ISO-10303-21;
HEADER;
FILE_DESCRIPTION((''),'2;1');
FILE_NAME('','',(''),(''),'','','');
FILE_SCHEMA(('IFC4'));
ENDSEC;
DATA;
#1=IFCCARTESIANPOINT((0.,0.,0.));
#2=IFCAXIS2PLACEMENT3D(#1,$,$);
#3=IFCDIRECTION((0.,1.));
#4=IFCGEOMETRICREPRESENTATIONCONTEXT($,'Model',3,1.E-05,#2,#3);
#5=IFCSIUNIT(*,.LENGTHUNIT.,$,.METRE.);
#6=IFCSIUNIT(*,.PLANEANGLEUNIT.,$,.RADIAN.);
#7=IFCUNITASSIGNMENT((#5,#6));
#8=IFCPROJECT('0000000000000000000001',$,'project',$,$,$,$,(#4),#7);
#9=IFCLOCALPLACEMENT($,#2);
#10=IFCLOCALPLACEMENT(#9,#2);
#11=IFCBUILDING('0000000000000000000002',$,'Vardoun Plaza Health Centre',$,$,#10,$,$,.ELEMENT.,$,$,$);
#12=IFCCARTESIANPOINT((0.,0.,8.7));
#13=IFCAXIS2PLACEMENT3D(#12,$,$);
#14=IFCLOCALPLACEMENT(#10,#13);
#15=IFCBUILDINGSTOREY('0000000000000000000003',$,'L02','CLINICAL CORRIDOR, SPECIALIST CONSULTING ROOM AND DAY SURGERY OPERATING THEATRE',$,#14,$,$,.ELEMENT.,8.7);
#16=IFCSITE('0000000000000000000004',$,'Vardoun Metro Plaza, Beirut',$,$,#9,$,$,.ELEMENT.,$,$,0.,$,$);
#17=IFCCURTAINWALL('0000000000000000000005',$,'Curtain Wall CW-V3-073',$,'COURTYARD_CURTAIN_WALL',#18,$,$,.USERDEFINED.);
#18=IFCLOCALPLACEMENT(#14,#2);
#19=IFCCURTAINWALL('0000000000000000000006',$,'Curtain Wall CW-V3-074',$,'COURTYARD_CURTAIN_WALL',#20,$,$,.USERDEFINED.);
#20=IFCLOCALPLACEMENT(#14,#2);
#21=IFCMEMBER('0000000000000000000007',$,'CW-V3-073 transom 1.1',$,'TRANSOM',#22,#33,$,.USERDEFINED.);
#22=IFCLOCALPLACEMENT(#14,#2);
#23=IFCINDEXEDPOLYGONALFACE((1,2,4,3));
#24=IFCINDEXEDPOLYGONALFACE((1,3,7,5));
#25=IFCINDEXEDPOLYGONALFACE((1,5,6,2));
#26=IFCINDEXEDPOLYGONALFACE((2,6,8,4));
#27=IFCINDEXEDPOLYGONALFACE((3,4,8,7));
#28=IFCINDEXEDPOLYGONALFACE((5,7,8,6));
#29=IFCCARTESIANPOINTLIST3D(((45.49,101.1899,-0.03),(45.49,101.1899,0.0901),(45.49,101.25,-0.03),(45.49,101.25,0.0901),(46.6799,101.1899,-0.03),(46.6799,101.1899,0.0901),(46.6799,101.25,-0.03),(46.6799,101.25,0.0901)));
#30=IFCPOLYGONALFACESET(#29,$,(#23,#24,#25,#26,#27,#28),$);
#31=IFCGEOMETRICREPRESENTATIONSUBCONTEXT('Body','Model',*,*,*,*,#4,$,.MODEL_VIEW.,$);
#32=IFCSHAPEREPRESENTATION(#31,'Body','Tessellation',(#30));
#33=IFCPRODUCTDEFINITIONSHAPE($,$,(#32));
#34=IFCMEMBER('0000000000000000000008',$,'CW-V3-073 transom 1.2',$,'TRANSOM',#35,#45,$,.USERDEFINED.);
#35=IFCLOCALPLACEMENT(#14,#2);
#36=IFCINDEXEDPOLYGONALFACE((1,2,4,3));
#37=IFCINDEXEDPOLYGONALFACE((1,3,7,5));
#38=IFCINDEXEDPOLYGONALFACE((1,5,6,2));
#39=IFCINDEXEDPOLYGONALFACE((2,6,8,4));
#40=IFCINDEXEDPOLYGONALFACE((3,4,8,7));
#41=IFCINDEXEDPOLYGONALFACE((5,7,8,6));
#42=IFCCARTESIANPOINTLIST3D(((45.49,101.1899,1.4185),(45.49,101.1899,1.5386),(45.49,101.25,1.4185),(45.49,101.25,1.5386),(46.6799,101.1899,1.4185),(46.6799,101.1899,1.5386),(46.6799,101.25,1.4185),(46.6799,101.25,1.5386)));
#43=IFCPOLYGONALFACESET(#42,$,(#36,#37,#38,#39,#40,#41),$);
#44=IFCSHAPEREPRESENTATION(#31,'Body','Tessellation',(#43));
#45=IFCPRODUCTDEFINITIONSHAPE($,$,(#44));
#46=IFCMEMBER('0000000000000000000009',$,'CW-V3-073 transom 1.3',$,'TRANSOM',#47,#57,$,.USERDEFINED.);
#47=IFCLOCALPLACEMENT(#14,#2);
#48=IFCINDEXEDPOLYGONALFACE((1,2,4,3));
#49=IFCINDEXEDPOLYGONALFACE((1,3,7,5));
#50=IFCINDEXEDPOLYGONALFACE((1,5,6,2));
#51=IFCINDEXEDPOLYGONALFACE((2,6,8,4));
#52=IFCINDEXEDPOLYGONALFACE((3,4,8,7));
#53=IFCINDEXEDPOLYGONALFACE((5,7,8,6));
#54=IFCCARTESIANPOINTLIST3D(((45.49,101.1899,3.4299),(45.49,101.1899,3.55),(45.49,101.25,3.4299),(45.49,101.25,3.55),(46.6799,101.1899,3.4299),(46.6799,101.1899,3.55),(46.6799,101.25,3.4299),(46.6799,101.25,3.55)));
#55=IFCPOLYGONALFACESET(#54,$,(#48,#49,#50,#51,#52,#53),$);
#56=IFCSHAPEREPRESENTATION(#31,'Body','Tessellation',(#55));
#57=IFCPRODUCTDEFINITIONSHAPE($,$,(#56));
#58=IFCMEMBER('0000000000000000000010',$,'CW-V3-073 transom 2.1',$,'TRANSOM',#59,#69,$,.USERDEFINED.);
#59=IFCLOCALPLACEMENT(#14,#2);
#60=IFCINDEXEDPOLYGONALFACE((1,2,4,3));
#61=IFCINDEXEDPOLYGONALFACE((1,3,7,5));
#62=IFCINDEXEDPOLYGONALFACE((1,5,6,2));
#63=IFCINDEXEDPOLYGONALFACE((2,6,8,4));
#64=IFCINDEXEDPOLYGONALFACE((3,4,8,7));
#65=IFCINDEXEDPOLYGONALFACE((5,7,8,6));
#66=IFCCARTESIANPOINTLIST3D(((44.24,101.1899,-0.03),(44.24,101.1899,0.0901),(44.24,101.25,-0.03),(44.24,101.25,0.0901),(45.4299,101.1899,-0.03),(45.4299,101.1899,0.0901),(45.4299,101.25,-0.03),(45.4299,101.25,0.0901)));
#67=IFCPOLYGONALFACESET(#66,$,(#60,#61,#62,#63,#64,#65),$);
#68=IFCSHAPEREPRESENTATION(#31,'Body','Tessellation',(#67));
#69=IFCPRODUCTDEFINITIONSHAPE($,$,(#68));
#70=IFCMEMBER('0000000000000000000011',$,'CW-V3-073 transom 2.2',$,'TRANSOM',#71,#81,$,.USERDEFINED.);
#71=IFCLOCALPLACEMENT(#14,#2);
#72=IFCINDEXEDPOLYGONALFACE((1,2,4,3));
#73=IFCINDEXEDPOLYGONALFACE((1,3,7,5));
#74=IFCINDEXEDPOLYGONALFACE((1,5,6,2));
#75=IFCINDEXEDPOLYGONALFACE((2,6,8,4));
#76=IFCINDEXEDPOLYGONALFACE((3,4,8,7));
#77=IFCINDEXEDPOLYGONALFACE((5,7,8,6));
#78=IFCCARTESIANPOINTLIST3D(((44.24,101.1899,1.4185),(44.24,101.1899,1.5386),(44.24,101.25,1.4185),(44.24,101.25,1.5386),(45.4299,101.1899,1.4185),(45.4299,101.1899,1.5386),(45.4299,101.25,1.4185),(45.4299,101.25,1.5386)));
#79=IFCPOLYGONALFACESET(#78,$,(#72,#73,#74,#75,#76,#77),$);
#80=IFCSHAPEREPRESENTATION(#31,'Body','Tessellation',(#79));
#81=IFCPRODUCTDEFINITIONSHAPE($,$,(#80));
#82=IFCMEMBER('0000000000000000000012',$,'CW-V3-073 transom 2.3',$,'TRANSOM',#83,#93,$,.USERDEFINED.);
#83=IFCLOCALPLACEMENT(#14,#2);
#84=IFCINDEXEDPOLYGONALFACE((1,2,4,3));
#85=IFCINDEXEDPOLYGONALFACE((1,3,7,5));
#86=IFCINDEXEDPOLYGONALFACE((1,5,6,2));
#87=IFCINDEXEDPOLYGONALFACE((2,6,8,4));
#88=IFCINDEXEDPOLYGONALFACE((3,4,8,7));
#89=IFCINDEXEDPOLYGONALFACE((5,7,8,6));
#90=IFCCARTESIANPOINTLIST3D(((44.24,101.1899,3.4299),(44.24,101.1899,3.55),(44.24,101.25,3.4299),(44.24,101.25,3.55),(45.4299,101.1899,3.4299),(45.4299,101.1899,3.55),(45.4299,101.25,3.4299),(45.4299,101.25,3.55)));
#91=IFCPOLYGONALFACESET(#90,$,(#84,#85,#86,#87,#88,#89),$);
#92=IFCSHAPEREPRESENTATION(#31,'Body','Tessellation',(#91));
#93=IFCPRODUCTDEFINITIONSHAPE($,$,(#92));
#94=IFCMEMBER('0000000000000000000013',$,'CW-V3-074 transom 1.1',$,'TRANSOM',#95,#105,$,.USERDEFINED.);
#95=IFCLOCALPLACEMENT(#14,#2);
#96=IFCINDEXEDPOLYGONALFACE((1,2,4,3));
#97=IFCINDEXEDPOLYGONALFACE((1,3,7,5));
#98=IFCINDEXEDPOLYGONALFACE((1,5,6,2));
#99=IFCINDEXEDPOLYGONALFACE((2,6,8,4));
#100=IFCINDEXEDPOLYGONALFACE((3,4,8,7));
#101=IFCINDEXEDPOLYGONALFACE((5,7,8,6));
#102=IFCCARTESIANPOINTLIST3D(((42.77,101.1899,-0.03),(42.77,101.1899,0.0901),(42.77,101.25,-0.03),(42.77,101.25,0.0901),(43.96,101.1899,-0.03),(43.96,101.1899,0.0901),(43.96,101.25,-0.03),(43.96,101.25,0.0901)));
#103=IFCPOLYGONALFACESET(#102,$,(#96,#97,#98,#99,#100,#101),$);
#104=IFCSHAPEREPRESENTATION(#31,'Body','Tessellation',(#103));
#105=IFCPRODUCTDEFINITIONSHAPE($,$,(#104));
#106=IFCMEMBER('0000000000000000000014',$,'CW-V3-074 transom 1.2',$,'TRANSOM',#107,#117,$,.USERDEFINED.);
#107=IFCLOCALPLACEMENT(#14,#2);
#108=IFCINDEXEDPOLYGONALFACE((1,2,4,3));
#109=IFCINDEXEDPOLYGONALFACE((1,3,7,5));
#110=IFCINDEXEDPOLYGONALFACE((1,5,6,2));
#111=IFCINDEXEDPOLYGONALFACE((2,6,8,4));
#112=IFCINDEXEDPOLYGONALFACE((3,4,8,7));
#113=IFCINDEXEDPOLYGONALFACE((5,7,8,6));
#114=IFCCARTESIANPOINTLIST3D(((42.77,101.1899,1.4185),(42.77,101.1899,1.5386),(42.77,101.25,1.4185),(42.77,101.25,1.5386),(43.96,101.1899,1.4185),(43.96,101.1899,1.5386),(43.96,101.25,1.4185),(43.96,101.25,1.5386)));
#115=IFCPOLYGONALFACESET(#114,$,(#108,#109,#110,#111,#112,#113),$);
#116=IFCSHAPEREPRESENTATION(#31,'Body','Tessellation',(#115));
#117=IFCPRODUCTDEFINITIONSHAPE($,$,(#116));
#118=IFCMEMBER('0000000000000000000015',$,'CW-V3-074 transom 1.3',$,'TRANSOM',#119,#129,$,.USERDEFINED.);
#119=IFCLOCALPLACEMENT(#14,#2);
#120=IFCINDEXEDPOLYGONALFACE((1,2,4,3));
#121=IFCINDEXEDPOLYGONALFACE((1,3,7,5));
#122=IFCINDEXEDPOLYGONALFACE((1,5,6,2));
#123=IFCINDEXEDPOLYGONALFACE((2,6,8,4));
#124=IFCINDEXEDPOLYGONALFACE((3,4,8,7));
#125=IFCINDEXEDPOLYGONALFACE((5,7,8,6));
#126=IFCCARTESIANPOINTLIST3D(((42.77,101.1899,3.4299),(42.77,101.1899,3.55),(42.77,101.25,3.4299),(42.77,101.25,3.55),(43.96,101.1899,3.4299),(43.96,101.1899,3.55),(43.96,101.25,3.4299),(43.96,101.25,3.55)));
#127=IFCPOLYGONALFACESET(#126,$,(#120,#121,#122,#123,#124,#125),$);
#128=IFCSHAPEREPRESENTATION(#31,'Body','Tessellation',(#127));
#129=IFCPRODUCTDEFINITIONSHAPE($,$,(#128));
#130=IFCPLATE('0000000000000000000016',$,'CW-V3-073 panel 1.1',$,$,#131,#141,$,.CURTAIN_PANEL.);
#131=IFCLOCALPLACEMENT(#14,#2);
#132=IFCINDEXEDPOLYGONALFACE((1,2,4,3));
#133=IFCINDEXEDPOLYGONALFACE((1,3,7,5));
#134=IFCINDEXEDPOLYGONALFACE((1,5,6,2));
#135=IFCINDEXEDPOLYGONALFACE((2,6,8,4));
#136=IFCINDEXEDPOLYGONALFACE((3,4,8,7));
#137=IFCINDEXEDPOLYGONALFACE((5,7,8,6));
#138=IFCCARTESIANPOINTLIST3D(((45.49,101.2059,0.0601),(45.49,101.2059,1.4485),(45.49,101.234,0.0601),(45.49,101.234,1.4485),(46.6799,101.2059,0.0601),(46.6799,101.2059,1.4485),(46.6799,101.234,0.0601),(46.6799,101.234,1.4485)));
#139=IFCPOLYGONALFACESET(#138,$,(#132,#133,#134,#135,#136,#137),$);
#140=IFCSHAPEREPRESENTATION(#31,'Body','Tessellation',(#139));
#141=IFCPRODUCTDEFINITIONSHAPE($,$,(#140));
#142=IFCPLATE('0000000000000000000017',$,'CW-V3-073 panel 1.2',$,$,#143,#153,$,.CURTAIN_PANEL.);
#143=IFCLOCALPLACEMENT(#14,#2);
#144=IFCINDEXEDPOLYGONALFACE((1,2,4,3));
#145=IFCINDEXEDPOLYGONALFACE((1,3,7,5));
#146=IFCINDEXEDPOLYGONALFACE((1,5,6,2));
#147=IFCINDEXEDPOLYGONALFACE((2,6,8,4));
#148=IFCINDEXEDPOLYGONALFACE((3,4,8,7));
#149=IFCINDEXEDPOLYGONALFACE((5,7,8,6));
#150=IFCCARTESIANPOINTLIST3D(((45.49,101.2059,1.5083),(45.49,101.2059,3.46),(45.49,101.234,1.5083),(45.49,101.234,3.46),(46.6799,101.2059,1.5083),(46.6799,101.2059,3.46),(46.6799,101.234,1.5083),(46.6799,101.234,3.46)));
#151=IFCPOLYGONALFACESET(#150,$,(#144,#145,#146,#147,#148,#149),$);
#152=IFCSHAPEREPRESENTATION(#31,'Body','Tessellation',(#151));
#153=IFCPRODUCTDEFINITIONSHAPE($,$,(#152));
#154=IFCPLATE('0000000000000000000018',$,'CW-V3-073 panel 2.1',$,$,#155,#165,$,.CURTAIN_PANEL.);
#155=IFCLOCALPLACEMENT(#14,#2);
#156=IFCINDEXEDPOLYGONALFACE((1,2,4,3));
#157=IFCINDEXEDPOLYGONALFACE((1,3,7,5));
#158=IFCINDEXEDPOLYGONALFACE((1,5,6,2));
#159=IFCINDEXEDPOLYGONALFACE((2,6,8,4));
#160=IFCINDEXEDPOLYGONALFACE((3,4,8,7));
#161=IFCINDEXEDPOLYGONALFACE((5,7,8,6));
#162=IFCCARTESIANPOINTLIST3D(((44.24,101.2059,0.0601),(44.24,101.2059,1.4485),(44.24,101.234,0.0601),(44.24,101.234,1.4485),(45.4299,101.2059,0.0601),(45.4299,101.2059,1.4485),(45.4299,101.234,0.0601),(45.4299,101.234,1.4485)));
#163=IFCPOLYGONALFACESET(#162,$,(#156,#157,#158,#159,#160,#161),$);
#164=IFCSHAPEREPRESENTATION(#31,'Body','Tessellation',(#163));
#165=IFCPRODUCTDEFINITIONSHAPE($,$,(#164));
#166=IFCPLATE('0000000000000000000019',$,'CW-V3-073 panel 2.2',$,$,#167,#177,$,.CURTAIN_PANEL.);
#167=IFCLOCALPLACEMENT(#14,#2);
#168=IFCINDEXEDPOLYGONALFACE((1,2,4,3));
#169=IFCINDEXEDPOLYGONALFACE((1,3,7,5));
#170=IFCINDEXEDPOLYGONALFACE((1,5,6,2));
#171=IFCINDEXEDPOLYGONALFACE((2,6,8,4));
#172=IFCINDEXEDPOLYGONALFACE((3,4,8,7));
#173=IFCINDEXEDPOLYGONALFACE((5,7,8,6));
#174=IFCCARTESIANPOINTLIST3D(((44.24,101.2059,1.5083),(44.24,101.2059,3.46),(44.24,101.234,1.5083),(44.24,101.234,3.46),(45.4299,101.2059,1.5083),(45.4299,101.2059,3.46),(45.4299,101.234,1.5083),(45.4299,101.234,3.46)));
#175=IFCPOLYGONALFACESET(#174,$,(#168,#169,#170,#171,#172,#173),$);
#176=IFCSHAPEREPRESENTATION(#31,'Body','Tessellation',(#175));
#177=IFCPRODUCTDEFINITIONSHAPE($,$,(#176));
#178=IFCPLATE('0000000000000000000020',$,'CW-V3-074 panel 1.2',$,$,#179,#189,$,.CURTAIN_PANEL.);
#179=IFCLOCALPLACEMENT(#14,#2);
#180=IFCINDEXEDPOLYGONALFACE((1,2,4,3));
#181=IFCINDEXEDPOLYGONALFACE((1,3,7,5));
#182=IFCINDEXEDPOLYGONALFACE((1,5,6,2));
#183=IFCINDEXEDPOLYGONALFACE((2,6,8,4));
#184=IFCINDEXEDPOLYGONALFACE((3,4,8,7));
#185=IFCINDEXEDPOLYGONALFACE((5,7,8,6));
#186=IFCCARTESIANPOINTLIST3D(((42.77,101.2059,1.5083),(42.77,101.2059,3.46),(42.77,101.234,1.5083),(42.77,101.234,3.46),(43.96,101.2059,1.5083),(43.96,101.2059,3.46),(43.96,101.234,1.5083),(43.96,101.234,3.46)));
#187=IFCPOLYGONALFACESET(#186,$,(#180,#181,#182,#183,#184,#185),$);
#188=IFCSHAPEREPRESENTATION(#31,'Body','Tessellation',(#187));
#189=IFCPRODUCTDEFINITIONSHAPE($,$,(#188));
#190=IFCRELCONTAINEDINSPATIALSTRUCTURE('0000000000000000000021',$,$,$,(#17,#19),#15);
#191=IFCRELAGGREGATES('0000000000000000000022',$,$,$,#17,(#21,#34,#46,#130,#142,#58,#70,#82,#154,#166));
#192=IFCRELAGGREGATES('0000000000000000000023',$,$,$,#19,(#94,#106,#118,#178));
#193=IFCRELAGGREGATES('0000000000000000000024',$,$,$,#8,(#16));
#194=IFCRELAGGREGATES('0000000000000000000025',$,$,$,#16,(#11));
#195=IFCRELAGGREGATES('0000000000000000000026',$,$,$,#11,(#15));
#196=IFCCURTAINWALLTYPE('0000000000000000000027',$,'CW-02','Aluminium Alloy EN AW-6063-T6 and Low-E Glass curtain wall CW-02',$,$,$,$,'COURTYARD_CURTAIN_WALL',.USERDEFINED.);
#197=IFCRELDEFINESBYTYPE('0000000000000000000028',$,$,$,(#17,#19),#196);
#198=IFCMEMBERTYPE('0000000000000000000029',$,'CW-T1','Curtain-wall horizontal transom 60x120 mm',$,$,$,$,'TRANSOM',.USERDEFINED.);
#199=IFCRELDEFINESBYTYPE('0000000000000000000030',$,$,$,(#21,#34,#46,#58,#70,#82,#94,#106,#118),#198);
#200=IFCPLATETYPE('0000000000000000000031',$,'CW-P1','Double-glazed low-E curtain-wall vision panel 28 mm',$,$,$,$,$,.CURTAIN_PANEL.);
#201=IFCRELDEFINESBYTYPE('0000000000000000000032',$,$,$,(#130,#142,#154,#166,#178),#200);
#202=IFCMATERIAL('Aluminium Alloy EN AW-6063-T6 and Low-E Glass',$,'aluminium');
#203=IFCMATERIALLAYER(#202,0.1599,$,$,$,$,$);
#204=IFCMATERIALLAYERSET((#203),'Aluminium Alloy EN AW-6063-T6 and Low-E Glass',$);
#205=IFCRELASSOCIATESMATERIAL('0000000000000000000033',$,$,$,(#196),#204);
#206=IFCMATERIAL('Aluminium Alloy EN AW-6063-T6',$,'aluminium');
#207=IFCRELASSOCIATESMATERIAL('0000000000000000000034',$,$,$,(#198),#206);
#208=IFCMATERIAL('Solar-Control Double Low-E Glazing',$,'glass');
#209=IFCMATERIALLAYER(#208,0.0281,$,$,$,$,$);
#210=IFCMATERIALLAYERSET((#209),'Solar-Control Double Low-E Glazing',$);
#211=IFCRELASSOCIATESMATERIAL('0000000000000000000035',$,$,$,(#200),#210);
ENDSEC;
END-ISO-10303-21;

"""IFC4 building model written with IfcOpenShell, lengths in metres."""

from ifc_helpers import new_model, si_unit, direction, frame, origin, origin_2d, place, context, subcontext, project, spatial, rectangle, extrude, material, layer, layer_set, material_profile, profile_set, type_object, element, aggregate, save


model = new_model("IFC4")

# Units and contexts
model_context = context("Model", 3, precision=1e-05, world=origin(), true_north=direction((0.0, 1.0)))
body_context = subcontext(model_context, "Body", "Model", "MODEL_VIEW")
ifc_project = project(units=[si_unit("LENGTHUNIT", "METRE"), si_unit("PLANEANGLEUNIT", "RADIAN")], contexts=[model_context])

# Site, building, storey
site_placement = place(None, origin())
site = spatial("IfcSite", under=ifc_project, at=site_placement, Name="Vardoun Metro Plaza, Beirut", CompositionType="ELEMENT", RefElevation=0.0)
building_placement = place(site_placement, origin())
building = spatial("IfcBuilding", under=site, at=building_placement, Name="Vardoun Plaza Health Centre", CompositionType="ELEMENT")
storey_placement = place(building_placement, frame((0.0, 0.0, 8.7)))
storey = spatial("IfcBuildingStorey", under=building, at=storey_placement, Name="L02", Description="CLINICAL CORRIDOR, SPECIALIST CONSULTING ROOM AND DAY SURGERY OPERATING THEATRE", CompositionType="ELEMENT", Elevation=8.7)

# Curtain wall
ifc_material_1 = material(Name="Aluminium Alloy EN AW-6063-T6 and Low-E Glass", Category="aluminium")
ifc_layer_1 = layer(ifc_material_1, 0.1599)
ifc_layer_set_1 = layer_set([ifc_layer_1], Name="Aluminium Alloy EN AW-6063-T6 and Low-E Glass")
curtain_wall_type = type_object("IfcCurtainWallType", Name="CW-02", Description="Aluminium Alloy EN AW-6063-T6 and Low-E Glass curtain wall CW-02", ElementType="COURTYARD_CURTAIN_WALL", PredefinedType="USERDEFINED", material=ifc_layer_set_1)
curtain_wall_1_placement = place(storey_placement, origin())
curtain_wall_1 = element("IfcCurtainWall", 1, at=curtain_wall_1_placement, inside=storey, type_object=curtain_wall_type, Name="Curtain Wall CW-V3-073", ObjectType="COURTYARD_CURTAIN_WALL", PredefinedType="USERDEFINED")

# Curtain wall
curtain_wall_2_placement = place(storey_placement, origin())
curtain_wall_2 = element("IfcCurtainWall", 2, at=curtain_wall_2_placement, inside=storey, type_object=curtain_wall_type, Name="Curtain Wall CW-V3-074", ObjectType="COURTYARD_CURTAIN_WALL", PredefinedType="USERDEFINED")

# Members
ifc_material_2 = material(Name="Aluminium Alloy EN AW-6063-T6", Category="aluminium")
ifc_material_profile_1 = material_profile(ifc_material_2, rectangle(XDim=0.0601, YDim=0.1201, at=origin_2d()), Name="CWT 60x120")
ifc_profile_set_1 = profile_set([ifc_material_profile_1], Name="Aluminium Alloy EN AW-6063-T6")
member_type_1 = type_object("IfcMemberType", Name="CW-T1", Description="Curtain-wall horizontal transom 60x120 mm", ElementType="TRANSOM", PredefinedType="USERDEFINED", material=ifc_profile_set_1)
member_1_placement = place(storey_placement, frame((46.6799, 101.22, 0.03), z_axis=(-1.0, 0.0, 0.0), x_axis=(0.0, -1.0, 0.0)))
member_1 = element("IfcMember", 3, at=member_1_placement, type_object=member_type_1, Name="CW-V3-073 transom 1.1", ObjectType="TRANSOM", PredefinedType="USERDEFINED", context=body_context, shape_type="SweptSolid", body=[
    extrude(rectangle(XDim=0.0601, YDim=0.1201, at=origin_2d()), origin(), (0.0, 0.0, 1.0), 1.1899),
])
member_2_placement = place(storey_placement, frame((46.6799, 101.22, 1.4785), z_axis=(-1.0, 0.0, 0.0), x_axis=(0.0, -1.0, 0.0)))
member_2 = element("IfcMember", 4, at=member_2_placement, type_object=member_type_1, Name="CW-V3-073 transom 1.2", ObjectType="TRANSOM", PredefinedType="USERDEFINED", context=body_context, shape_type="SweptSolid", body=[
    extrude(rectangle(XDim=0.0601, YDim=0.1201, at=origin_2d()), origin(), (0.0, 0.0, 1.0), 1.1899),
])
member_3_placement = place(storey_placement, frame((46.6799, 101.22, 3.49), z_axis=(-1.0, 0.0, 0.0), x_axis=(0.0, -1.0, 0.0)))
member_3 = element("IfcMember", 5, at=member_3_placement, type_object=member_type_1, Name="CW-V3-073 transom 1.3", ObjectType="TRANSOM", PredefinedType="USERDEFINED", context=body_context, shape_type="SweptSolid", body=[
    extrude(rectangle(XDim=0.0601, YDim=0.1201, at=origin_2d()), origin(), (0.0, 0.0, 1.0), 1.1899),
])
member_4_placement = place(storey_placement, frame((45.4299, 101.22, 0.03), z_axis=(-1.0, 0.0, 0.0), x_axis=(0.0, -1.0, 0.0)))
member_4 = element("IfcMember", 6, at=member_4_placement, type_object=member_type_1, Name="CW-V3-073 transom 2.1", ObjectType="TRANSOM", PredefinedType="USERDEFINED", context=body_context, shape_type="SweptSolid", body=[
    extrude(rectangle(XDim=0.0601, YDim=0.1201, at=origin_2d()), origin(), (0.0, 0.0, 1.0), 1.1899),
])
member_5_placement = place(storey_placement, frame((45.4299, 101.22, 1.4785), z_axis=(-1.0, 0.0, 0.0), x_axis=(0.0, -1.0, 0.0)))
member_5 = element("IfcMember", 7, at=member_5_placement, type_object=member_type_1, Name="CW-V3-073 transom 2.2", ObjectType="TRANSOM", PredefinedType="USERDEFINED", context=body_context, shape_type="SweptSolid", body=[
    extrude(rectangle(XDim=0.0601, YDim=0.1201, at=origin_2d()), origin(), (0.0, 0.0, 1.0), 1.1899),
])
member_6_placement = place(storey_placement, frame((45.4299, 101.22, 3.49), z_axis=(-1.0, 0.0, 0.0), x_axis=(0.0, -1.0, 0.0)))
member_6 = element("IfcMember", 8, at=member_6_placement, type_object=member_type_1, Name="CW-V3-073 transom 2.3", ObjectType="TRANSOM", PredefinedType="USERDEFINED", context=body_context, shape_type="SweptSolid", body=[
    extrude(rectangle(XDim=0.0601, YDim=0.1201, at=origin_2d()), origin(), (0.0, 0.0, 1.0), 1.1899),
])
member_7_placement = place(storey_placement, frame((43.96, 101.22, 0.03), z_axis=(-1.0, 0.0, 0.0), x_axis=(0.0, -1.0, 0.0)))
member_7 = element("IfcMember", 9, at=member_7_placement, type_object=member_type_1, Name="CW-V3-074 transom 1.1", ObjectType="TRANSOM", PredefinedType="USERDEFINED", context=body_context, shape_type="SweptSolid", body=[
    extrude(rectangle(XDim=0.0601, YDim=0.1201, at=origin_2d()), origin(), (0.0, 0.0, 1.0), 1.1899),
])
member_8_placement = place(storey_placement, frame((43.96, 101.22, 1.4785), z_axis=(-1.0, 0.0, 0.0), x_axis=(0.0, -1.0, 0.0)))
member_8 = element("IfcMember", 10, at=member_8_placement, type_object=member_type_1, Name="CW-V3-074 transom 1.2", ObjectType="TRANSOM", PredefinedType="USERDEFINED", context=body_context, shape_type="SweptSolid", body=[
    extrude(rectangle(XDim=0.0601, YDim=0.1201, at=origin_2d()), origin(), (0.0, 0.0, 1.0), 1.1899),
])
member_9_placement = place(storey_placement, frame((43.96, 101.22, 3.49), z_axis=(-1.0, 0.0, 0.0), x_axis=(0.0, -1.0, 0.0)))
member_9 = element("IfcMember", 11, at=member_9_placement, type_object=member_type_1, Name="CW-V3-074 transom 1.3", ObjectType="TRANSOM", PredefinedType="USERDEFINED", context=body_context, shape_type="SweptSolid", body=[
    extrude(rectangle(XDim=0.0601, YDim=0.1201, at=origin_2d()), origin(), (0.0, 0.0, 1.0), 1.1899),
])

# Plates
ifc_material_3 = material(Name="Solar-Control Double Low-E Glazing", Category="glass")
ifc_layer_2 = layer(ifc_material_3, 0.0281)
ifc_layer_set_2 = layer_set([ifc_layer_2], Name="Solar-Control Double Low-E Glazing")
plate_type = type_object("IfcPlateType", Name="CW-P1", Description="Double-glazed low-E curtain-wall vision panel 28 mm", PredefinedType="CURTAIN_PANEL", material=ifc_layer_set_2)
plate_1_placement = place(storey_placement, frame((46.085, 101.22, 0.0601), z_axis=(0.0, 0.0, 1.0), x_axis=(-1.0, 0.0, 0.0)))
plate_1 = element("IfcPlate", 12, at=plate_1_placement, type_object=plate_type, Name="CW-V3-073 panel 1.1", PredefinedType="CURTAIN_PANEL", context=body_context, shape_type="SweptSolid", body=[
    extrude(rectangle(XDim=1.1899, YDim=0.0281, at=origin_2d()), origin(), (0.0, 0.0, 1.0), 1.3884),
])
plate_2_placement = place(storey_placement, frame((46.085, 101.22, 1.5083), z_axis=(0.0, 0.0, 1.0), x_axis=(-1.0, 0.0, 0.0)))
plate_2 = element("IfcPlate", 13, at=plate_2_placement, type_object=plate_type, Name="CW-V3-073 panel 1.2", PredefinedType="CURTAIN_PANEL", context=body_context, shape_type="SweptSolid", body=[
    extrude(rectangle(XDim=1.1899, YDim=0.0281, at=origin_2d()), origin(), (0.0, 0.0, 1.0), 1.9517),
])
plate_3_placement = place(storey_placement, frame((44.835, 101.22, 0.0601), z_axis=(0.0, 0.0, 1.0), x_axis=(-1.0, 0.0, 0.0)))
plate_3 = element("IfcPlate", 14, at=plate_3_placement, type_object=plate_type, Name="CW-V3-073 panel 2.1", PredefinedType="CURTAIN_PANEL", context=body_context, shape_type="SweptSolid", body=[
    extrude(rectangle(XDim=1.1899, YDim=0.0281, at=origin_2d()), origin(), (0.0, 0.0, 1.0), 1.3884),
])
plate_4_placement = place(storey_placement, frame((44.835, 101.22, 1.5083), z_axis=(0.0, 0.0, 1.0), x_axis=(-1.0, 0.0, 0.0)))
plate_4 = element("IfcPlate", 15, at=plate_4_placement, type_object=plate_type, Name="CW-V3-073 panel 2.2", PredefinedType="CURTAIN_PANEL", context=body_context, shape_type="SweptSolid", body=[
    extrude(rectangle(XDim=1.1899, YDim=0.0281, at=origin_2d()), origin(), (0.0, 0.0, 1.0), 1.9517),
])
aggregate(curtain_wall_1, [member_1, member_2, member_3, plate_1, plate_2, member_4, member_5, member_6, plate_3, plate_4])
plate_5_placement = place(storey_placement, frame((43.365, 101.22, 1.5083), z_axis=(0.0, 0.0, 1.0), x_axis=(-1.0, 0.0, 0.0)))
plate_5 = element("IfcPlate", 16, at=plate_5_placement, type_object=plate_type, Name="CW-V3-074 panel 1.2", PredefinedType="CURTAIN_PANEL", context=body_context, shape_type="SweptSolid", body=[
    extrude(rectangle(XDim=1.1899, YDim=0.0281, at=origin_2d()), origin(), (0.0, 0.0, 1.0), 1.9517),
])
aggregate(curtain_wall_2, [member_7, member_8, member_9, plate_5])

save(model, "model.ifc")
